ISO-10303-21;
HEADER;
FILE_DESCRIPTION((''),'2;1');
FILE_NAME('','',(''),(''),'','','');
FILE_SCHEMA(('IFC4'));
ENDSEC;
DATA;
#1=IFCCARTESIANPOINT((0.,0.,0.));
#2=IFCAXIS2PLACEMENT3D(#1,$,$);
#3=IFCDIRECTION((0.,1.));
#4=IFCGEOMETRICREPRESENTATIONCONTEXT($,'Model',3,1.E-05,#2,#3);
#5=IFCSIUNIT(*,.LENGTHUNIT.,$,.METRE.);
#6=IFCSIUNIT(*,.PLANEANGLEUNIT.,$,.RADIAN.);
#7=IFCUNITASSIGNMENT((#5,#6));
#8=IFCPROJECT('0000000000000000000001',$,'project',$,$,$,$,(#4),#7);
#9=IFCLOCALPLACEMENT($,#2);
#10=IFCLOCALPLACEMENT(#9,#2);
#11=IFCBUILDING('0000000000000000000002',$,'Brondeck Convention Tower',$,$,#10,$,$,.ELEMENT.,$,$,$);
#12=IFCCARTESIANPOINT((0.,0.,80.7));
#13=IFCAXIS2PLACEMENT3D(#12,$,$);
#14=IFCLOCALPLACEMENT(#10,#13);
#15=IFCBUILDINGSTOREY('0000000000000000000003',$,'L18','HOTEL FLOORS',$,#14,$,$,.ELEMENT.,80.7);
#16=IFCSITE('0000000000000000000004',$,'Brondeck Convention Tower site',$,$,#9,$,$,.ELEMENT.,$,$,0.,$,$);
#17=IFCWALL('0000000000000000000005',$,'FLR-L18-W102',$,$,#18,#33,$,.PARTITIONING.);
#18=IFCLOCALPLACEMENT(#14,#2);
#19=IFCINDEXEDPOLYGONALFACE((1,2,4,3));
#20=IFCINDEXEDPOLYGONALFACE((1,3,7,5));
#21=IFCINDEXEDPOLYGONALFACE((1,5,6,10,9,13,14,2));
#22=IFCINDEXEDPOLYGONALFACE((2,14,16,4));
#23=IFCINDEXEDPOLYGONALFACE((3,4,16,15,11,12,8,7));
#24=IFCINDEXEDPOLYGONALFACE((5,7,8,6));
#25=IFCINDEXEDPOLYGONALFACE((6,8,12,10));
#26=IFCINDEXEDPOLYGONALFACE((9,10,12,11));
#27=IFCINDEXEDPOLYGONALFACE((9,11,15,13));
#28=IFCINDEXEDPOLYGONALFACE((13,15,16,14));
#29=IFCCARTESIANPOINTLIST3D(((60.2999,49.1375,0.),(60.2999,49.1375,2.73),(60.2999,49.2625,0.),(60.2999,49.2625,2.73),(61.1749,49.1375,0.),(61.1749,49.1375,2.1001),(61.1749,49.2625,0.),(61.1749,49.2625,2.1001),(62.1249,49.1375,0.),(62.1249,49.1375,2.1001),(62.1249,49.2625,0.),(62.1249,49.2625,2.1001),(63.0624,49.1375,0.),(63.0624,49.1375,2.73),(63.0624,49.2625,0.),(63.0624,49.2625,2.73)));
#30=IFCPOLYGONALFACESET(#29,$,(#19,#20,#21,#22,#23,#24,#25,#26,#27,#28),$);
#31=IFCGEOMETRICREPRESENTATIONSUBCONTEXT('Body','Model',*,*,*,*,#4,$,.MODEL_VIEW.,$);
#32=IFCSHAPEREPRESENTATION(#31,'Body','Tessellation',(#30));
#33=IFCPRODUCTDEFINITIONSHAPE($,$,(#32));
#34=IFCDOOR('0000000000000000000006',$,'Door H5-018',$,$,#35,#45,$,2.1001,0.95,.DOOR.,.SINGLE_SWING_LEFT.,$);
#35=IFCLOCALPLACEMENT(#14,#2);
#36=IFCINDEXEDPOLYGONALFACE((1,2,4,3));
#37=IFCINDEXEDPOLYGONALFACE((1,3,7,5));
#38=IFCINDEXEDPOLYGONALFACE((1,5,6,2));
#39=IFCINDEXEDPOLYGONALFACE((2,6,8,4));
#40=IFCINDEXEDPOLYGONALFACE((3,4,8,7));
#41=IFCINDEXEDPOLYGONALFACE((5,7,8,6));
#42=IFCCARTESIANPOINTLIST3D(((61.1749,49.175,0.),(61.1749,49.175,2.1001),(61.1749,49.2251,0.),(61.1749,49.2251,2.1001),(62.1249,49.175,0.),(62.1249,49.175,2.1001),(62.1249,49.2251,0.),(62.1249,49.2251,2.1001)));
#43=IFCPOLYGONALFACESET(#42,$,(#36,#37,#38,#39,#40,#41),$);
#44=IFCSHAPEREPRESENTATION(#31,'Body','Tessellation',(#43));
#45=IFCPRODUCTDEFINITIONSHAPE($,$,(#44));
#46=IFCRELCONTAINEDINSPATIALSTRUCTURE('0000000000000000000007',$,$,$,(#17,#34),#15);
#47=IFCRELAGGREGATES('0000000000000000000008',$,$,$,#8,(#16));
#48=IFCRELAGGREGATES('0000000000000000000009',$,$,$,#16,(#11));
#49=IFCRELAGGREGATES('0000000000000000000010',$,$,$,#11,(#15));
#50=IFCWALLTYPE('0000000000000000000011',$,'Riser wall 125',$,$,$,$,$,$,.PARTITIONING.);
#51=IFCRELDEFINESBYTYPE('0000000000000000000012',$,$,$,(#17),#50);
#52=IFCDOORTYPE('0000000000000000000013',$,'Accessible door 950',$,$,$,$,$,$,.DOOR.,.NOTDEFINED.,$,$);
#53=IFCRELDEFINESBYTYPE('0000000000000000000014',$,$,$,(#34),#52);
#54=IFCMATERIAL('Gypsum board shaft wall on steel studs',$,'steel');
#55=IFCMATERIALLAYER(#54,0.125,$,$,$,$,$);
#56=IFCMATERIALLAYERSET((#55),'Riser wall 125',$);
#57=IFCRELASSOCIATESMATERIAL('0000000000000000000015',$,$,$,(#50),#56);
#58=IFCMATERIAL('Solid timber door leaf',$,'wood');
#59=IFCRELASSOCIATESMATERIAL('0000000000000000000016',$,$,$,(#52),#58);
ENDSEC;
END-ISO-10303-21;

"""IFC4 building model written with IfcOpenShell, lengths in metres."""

from ifc_helpers import new_model, si_unit, direction, frame, frame_2d, origin, place, context, subcontext, project, spatial, rectangle, extrude, material, layer, layer_set, type_object, element, fill, save


model = new_model("IFC4")

# Units and contexts
model_context = context("Model", 3, precision=1e-05, world=origin(), true_north=direction((0.0, 1.0)))
body_context = subcontext(model_context, "Body", "Model", "MODEL_VIEW")
ifc_project = project(units=[si_unit("LENGTHUNIT", "METRE"), si_unit("PLANEANGLEUNIT", "RADIAN")], contexts=[model_context])

# Site, building, storey
site_placement = place(None, origin())
site = spatial("IfcSite", under=ifc_project, at=site_placement, Name="Brondeck Convention Tower site", CompositionType="ELEMENT", RefElevation=0.0)
building_placement = place(site_placement, origin())
building = spatial("IfcBuilding", under=site, at=building_placement, Name="Brondeck Convention Tower", CompositionType="ELEMENT")
storey_placement = place(building_placement, frame((0.0, 0.0, 80.7)))
storey = spatial("IfcBuildingStorey", under=building, at=storey_placement, Name="L18", Description="HOTEL FLOORS", CompositionType="ELEMENT", Elevation=80.7)

# Shared definitions
ifc_material_1 = material(Name="Solid timber door leaf", Category="wood")

# Wall, opening, door
ifc_material_2 = material(Name="Gypsum board shaft wall on steel studs", Category="steel")
ifc_layer_1 = layer(ifc_material_2, 0.125)
ifc_layer_set_1 = layer_set([ifc_layer_1], Name="Riser wall 125")
wall_type_1 = type_object("IfcWallType", Name="Riser wall 125", PredefinedType="PARTITIONING", material=ifc_layer_set_1)
wall_1_placement = place(storey_placement, frame((63.0625, 49.2, 0.0), z_axis=(0.0, 0.0, 1.0), x_axis=(-1.0, 0.0, 0.0)))
wall_1 = element("IfcWall", 1, at=wall_1_placement, inside=storey, type_object=wall_type_1, Name="FLR-L18-W102", PredefinedType="PARTITIONING", context=body_context, shape_type="SweptSolid", body=[
    extrude(rectangle(XDim=2.7625, YDim=0.125, at=frame_2d((1.3813, 0.0))), origin(), (0.0, 0.0, 1.0), 2.73),
])
opening_1_placement = place(wall_1_placement, frame((0.9375, 0.0, 0.0)))
opening_1 = element("IfcOpeningElement", 2, at=opening_1_placement, cuts=wall_1, PredefinedType="OPENING", context=body_context, shape_type="SweptSolid", body=[
    extrude(rectangle(XDim=0.95, YDim=2.1001, at=frame_2d((0.4751, 1.05))), frame((0.0, 0.0725, 0.0), z_axis=(0.0, -1.0, 0.0), x_axis=(1.0, 0.0, 0.0)), (0.0, 0.0, 1.0), 0.145),
])
door_type_1 = type_object("IfcDoorType", Name="Accessible door 950", OperationType="NOTDEFINED", PredefinedType="DOOR", material=ifc_material_1)
door_1_placement = place(opening_1_placement, origin())
door_1 = element("IfcDoor", 3, at=door_1_placement, inside=storey, type_object=door_type_1, Name="Door H5-018", OperationType="SINGLE_SWING_LEFT", OverallHeight=2.1001, OverallWidth=0.95, PredefinedType="DOOR", context=body_context, shape_type="SweptSolid", body=[
    extrude(rectangle(XDim=0.95, YDim=2.1001, at=frame_2d((0.4751, 1.05))), frame((0.0, 0.0249, 0.0), z_axis=(0.0, -1.0, 0.0), x_axis=(1.0, 0.0, 0.0)), (0.0, 0.0, 1.0), 0.05),
])
fill(opening_1, door_1)

save(model, "model.ifc")
